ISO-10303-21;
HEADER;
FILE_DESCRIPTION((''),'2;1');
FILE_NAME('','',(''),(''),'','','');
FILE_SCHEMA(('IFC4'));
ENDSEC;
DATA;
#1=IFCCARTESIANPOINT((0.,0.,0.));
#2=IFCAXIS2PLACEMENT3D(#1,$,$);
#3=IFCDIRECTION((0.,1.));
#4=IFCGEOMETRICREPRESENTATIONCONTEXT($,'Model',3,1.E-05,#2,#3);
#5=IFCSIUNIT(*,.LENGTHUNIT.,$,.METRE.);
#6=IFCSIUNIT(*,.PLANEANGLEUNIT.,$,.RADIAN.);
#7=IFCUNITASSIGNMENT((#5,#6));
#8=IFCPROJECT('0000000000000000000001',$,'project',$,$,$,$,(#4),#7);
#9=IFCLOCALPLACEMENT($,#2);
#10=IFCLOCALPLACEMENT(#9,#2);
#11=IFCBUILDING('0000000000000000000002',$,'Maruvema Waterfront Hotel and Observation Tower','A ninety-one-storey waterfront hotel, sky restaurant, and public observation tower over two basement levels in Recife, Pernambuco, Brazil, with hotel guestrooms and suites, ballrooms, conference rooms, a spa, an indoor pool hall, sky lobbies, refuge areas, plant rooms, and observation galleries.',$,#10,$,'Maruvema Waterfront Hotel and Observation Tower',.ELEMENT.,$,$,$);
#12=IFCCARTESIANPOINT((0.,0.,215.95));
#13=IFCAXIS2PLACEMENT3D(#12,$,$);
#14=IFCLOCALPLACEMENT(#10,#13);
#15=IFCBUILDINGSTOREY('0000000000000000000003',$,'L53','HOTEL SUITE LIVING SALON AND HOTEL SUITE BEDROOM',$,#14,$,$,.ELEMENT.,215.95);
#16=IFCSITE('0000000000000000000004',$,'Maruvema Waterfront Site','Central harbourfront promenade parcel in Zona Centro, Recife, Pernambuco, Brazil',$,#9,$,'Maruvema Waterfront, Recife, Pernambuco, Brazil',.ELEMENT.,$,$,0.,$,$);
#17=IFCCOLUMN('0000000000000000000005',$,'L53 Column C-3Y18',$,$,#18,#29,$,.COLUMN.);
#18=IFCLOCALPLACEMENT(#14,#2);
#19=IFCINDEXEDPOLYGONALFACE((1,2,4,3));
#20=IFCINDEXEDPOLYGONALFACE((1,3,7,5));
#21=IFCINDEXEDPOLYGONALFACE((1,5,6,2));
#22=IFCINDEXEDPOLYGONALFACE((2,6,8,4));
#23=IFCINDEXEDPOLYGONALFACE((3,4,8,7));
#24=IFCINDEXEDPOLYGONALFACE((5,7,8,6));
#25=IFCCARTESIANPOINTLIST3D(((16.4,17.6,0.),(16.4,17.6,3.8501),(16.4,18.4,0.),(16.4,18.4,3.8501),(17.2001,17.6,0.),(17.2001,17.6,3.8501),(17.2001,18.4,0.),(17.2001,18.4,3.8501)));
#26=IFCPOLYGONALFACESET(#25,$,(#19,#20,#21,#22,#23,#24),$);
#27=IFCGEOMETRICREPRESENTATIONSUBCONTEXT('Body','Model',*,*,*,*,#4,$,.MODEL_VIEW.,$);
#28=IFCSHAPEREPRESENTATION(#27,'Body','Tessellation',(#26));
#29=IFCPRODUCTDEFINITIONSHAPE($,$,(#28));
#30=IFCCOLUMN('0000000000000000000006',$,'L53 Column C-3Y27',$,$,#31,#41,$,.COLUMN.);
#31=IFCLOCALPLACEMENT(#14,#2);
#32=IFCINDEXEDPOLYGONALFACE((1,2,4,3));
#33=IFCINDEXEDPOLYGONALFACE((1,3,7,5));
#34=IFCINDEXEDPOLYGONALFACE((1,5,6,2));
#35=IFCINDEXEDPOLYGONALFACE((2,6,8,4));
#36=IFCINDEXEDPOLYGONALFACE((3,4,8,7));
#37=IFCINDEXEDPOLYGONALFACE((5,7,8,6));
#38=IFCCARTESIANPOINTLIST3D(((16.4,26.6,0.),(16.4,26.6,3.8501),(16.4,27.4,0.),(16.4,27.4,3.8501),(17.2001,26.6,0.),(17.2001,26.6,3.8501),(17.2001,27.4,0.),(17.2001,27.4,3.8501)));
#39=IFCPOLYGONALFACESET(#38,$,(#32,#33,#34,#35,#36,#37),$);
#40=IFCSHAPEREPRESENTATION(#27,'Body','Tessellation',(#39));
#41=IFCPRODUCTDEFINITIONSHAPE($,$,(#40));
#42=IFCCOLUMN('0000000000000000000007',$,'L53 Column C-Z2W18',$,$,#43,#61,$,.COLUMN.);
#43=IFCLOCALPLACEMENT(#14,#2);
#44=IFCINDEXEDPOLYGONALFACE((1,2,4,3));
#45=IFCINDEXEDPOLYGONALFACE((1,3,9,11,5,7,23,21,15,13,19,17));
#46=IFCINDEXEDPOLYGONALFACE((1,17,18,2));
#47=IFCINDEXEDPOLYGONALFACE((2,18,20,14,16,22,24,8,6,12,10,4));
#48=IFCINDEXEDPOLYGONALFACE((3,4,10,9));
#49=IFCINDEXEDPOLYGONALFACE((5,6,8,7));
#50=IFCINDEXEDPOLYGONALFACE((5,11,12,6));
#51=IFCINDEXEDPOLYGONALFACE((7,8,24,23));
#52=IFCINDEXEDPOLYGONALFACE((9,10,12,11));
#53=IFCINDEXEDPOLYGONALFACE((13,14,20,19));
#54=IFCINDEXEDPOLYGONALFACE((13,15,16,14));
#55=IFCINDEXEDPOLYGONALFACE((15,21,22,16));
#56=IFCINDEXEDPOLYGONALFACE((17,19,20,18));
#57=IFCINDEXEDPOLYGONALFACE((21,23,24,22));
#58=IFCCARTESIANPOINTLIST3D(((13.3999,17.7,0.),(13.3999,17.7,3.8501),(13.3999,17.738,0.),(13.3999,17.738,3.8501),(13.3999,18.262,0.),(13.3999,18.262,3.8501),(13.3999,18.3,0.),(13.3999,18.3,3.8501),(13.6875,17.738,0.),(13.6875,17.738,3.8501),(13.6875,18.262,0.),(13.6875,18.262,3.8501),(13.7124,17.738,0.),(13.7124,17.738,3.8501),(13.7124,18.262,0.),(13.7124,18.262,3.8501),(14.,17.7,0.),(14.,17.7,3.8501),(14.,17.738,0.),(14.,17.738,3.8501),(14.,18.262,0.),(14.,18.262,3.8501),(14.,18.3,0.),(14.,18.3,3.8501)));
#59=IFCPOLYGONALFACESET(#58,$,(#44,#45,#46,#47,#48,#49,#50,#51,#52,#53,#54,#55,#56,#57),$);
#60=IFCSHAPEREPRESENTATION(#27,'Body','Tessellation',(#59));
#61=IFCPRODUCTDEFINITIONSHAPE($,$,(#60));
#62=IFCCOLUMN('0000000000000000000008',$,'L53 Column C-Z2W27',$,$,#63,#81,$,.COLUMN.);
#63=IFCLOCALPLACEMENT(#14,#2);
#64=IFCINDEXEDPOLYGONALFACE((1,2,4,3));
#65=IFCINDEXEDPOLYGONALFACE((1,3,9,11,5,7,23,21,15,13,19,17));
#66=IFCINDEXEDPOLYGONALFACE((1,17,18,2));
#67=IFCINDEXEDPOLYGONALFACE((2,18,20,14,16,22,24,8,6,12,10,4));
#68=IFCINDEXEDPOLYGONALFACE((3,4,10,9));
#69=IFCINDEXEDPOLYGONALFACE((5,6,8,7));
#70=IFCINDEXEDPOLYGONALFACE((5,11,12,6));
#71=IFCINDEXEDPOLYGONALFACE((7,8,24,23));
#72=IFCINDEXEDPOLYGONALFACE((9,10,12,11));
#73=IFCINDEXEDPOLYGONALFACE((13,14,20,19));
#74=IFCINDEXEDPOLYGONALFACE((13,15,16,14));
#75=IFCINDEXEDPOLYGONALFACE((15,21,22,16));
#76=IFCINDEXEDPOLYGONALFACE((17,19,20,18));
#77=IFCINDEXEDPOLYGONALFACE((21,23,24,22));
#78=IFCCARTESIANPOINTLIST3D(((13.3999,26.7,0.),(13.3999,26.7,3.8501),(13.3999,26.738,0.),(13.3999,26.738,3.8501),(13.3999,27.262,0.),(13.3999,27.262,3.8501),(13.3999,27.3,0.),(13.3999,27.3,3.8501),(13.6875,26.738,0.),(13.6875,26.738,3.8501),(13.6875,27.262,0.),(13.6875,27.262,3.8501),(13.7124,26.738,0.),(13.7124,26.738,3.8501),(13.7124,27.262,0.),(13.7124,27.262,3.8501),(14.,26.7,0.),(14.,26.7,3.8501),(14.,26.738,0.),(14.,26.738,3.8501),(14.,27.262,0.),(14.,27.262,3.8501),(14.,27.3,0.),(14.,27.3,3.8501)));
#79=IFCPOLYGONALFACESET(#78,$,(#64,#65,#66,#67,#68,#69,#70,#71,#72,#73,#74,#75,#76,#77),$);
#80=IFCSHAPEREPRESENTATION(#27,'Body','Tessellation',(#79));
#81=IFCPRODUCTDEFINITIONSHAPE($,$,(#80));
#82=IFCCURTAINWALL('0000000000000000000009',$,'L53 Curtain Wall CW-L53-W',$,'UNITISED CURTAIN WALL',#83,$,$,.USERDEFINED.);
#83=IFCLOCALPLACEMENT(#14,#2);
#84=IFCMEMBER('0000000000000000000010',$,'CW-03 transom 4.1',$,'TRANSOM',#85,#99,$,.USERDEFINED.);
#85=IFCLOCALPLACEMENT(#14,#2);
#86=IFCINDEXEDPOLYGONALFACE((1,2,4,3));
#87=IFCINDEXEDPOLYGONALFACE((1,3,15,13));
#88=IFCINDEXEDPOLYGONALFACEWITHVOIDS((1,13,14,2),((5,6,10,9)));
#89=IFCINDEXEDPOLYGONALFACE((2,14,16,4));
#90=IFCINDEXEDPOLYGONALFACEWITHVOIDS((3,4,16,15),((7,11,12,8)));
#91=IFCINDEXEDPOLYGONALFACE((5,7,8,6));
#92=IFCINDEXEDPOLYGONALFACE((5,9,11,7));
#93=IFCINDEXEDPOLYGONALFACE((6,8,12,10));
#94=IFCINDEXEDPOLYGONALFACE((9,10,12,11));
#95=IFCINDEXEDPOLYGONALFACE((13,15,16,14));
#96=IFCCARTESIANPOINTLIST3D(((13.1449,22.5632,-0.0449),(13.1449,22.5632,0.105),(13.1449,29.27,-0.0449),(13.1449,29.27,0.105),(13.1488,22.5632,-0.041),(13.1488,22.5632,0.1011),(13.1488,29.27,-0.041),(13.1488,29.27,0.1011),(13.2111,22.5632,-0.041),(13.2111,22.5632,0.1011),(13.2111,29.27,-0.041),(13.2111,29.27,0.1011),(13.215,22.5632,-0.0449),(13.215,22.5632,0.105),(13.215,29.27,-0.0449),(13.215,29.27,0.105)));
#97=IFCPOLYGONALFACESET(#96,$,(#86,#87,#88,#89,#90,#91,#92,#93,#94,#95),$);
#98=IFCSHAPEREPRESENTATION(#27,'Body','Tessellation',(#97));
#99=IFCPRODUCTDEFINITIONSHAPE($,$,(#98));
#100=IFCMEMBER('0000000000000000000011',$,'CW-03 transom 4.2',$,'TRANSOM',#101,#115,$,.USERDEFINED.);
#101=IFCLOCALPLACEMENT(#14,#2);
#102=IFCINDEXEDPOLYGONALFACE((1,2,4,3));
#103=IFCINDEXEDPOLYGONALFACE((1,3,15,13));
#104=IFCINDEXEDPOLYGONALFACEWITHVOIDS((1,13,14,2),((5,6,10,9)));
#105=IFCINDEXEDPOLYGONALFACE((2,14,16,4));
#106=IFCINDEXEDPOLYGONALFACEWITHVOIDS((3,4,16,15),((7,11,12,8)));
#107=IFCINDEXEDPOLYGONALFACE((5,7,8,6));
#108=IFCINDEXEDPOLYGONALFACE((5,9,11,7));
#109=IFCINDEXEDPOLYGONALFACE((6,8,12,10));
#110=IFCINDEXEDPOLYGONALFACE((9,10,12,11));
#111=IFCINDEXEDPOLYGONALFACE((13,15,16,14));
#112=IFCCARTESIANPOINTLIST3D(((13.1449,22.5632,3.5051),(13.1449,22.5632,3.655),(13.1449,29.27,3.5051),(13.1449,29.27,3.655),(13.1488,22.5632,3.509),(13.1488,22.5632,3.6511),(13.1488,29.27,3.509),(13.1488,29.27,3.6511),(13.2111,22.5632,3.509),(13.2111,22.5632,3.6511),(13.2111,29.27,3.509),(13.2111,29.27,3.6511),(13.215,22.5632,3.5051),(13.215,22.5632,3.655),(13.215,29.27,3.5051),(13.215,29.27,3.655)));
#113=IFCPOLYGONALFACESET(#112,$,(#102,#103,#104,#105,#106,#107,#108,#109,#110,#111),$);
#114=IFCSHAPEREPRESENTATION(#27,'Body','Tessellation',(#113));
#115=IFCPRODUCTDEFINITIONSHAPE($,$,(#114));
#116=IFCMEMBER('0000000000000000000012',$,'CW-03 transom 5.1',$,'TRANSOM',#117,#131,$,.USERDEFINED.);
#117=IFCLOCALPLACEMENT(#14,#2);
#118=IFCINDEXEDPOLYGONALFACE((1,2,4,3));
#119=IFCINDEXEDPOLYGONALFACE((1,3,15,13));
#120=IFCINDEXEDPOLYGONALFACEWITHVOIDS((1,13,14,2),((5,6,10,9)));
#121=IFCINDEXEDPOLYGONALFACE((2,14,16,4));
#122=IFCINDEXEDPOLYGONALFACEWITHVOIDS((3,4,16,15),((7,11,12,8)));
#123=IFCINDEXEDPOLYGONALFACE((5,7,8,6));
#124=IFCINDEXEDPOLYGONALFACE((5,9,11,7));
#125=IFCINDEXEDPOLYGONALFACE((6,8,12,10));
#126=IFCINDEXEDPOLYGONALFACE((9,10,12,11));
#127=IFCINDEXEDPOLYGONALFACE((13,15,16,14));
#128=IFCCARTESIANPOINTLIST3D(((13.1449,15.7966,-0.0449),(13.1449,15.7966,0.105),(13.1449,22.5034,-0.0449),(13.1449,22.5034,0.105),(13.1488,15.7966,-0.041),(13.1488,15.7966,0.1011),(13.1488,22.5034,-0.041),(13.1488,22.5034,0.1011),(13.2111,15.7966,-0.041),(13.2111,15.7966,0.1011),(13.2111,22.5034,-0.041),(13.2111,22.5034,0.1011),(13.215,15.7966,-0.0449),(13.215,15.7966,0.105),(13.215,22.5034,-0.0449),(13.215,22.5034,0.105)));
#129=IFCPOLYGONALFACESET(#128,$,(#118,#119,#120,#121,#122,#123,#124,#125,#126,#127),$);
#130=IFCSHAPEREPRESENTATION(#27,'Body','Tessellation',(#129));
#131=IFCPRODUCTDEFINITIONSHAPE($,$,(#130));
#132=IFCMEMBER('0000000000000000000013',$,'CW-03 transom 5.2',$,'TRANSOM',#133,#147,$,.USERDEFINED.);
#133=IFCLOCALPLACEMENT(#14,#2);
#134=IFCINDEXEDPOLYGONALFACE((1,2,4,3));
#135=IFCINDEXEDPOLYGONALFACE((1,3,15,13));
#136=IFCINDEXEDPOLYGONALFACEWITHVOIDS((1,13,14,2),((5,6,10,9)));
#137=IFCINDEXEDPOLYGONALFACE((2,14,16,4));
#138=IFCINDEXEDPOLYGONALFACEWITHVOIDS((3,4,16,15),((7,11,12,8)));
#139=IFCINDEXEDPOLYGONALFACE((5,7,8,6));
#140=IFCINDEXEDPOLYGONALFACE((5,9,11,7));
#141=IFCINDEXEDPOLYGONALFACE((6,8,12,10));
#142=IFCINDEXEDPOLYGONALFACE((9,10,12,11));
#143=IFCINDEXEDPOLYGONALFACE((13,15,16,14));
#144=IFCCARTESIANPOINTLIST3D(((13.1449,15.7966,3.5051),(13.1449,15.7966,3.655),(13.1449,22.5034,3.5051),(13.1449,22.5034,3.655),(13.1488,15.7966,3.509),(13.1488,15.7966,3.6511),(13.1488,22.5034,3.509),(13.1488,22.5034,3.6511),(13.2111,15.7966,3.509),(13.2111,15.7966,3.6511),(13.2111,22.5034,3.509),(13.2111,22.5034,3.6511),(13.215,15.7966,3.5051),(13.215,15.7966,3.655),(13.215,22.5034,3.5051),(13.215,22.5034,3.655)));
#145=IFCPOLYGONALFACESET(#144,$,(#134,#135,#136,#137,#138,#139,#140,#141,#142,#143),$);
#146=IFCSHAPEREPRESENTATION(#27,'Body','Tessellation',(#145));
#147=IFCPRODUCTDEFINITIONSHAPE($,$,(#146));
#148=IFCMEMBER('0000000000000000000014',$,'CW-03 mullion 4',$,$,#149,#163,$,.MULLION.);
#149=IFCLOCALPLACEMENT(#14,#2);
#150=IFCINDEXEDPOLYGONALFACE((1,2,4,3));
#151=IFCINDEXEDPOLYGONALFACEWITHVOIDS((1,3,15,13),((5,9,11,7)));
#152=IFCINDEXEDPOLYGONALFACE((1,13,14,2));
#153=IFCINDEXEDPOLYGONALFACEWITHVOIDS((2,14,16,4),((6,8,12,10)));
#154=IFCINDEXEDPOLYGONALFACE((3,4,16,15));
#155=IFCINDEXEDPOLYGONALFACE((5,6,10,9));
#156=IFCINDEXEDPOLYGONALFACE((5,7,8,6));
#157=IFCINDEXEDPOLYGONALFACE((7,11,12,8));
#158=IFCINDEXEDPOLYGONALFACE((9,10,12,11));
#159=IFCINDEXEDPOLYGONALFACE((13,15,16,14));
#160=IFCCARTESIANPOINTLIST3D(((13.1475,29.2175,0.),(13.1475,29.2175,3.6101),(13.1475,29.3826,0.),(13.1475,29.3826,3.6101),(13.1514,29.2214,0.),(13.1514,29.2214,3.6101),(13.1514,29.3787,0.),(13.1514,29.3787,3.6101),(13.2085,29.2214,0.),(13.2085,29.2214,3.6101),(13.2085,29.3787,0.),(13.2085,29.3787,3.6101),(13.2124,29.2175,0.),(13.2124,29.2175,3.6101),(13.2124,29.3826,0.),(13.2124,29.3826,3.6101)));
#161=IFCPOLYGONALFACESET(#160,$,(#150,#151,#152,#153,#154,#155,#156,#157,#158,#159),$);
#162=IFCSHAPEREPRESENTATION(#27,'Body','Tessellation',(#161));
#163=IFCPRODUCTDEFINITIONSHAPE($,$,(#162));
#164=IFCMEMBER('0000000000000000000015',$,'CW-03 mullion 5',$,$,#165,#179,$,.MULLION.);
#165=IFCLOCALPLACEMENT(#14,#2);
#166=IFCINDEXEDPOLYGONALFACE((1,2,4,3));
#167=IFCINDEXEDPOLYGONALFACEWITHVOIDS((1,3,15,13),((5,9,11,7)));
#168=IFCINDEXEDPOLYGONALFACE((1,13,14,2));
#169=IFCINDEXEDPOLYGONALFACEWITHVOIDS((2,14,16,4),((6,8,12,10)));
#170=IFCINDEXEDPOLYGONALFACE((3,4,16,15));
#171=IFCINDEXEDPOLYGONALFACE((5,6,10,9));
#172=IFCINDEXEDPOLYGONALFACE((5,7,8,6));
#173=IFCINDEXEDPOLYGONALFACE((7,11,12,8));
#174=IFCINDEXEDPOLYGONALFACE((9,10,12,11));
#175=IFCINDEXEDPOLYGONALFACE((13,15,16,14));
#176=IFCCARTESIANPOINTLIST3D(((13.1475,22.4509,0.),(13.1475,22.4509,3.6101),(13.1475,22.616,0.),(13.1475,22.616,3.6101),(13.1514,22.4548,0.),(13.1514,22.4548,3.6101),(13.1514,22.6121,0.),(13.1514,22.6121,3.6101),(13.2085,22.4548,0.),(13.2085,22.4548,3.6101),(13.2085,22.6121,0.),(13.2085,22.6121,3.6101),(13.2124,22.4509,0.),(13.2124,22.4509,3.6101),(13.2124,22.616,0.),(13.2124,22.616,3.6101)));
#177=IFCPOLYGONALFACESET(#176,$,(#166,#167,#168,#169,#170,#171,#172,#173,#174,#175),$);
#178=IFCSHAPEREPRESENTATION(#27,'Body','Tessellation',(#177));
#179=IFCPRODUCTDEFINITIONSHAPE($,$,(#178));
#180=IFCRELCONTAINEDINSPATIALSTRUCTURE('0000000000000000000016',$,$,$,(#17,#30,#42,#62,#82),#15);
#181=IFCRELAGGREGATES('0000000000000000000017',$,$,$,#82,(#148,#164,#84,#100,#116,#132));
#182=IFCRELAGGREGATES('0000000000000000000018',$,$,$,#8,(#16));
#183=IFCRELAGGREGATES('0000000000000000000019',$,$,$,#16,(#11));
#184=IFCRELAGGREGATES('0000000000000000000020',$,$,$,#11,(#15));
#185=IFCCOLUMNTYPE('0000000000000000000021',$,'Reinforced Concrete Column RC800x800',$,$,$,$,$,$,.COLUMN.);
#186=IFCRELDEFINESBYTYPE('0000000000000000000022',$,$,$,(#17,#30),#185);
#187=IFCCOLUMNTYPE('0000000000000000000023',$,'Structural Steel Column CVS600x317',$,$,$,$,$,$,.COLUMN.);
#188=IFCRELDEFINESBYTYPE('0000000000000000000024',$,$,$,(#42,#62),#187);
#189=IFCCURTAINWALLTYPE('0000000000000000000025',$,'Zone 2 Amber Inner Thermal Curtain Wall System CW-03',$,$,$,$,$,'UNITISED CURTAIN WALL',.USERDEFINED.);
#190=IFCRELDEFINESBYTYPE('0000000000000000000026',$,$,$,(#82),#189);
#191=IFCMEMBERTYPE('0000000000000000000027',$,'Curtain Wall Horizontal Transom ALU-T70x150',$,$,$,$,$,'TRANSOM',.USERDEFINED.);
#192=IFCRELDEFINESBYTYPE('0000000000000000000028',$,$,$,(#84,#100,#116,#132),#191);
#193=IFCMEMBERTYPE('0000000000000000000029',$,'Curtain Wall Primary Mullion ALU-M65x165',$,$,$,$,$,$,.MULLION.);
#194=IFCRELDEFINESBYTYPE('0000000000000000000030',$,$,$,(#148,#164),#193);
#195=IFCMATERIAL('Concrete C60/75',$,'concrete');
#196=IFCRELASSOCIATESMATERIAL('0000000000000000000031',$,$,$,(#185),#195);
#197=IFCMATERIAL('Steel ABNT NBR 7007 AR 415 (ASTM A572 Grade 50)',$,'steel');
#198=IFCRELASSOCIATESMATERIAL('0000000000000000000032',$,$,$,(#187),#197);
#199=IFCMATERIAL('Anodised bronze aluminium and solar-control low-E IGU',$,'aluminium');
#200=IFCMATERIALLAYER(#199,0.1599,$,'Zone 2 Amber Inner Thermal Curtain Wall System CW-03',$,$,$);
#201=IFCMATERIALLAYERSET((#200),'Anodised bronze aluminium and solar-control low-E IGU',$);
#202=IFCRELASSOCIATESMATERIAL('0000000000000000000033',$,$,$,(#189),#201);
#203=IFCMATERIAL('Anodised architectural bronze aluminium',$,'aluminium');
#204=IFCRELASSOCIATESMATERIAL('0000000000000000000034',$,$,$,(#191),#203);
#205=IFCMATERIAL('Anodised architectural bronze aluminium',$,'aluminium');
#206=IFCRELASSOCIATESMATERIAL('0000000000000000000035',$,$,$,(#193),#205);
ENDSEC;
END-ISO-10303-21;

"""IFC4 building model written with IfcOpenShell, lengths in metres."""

from ifc_helpers import new_model, si_unit, direction, frame, origin, origin_2d, place, context, subcontext, project, spatial, rectangle, hollow_rectangle, i_section, extrude, material, layer, layer_set, material_profile, profile_set, type_object, element, aggregate, save


model = new_model("IFC4")

# Units and contexts
model_context = context("Model", 3, precision=1e-05, world=origin(), true_north=direction((0.0, 1.0)))
body_context = subcontext(model_context, "Body", "Model", "MODEL_VIEW")
ifc_project = project(units=[si_unit("LENGTHUNIT", "METRE"), si_unit("PLANEANGLEUNIT", "RADIAN")], contexts=[model_context])

# Site, building, storey
site_placement = place(None, origin())
site = spatial("IfcSite", under=ifc_project, at=site_placement, Name="Maruvema Waterfront Site", Description="Central harbourfront promenade parcel in Zona Centro, Recife, Pernambuco, Brazil", LongName="Maruvema Waterfront, Recife, Pernambuco, Brazil", CompositionType="ELEMENT", RefElevation=0.0)
building_placement = place(site_placement, origin())
building = spatial("IfcBuilding", under=site, at=building_placement, Name="Maruvema Waterfront Hotel and Observation Tower", Description="A ninety-one-storey waterfront hotel, sky restaurant, and public observation tower over two basement levels in Recife, Pernambuco, Brazil, with hotel guestrooms and suites, ballrooms, conference rooms, a spa, an indoor pool hall, sky lobbies, refuge areas, plant rooms, and observation galleries.", LongName="Maruvema Waterfront Hotel and Observation Tower", CompositionType="ELEMENT")
storey_placement = place(building_placement, frame((0.0, 0.0, 215.95)))
storey = spatial("IfcBuildingStorey", under=building, at=storey_placement, Name="L53", Description="HOTEL SUITE LIVING SALON AND HOTEL SUITE BEDROOM", CompositionType="ELEMENT", Elevation=215.95)

# Columns
ifc_material_1 = material(Name="Concrete C60/75", Category="concrete")
ifc_material_profile_1 = material_profile(ifc_material_1, rectangle(XDim=0.8, YDim=0.8, at=origin_2d()), Name="RC800x800")
ifc_profile_set_1 = profile_set([ifc_material_profile_1], Name="Concrete C60/75")
column_type_1 = type_object("IfcColumnType", Name="Reinforced Concrete Column RC800x800", PredefinedType="COLUMN", material=ifc_profile_set_1)
for number, where, z_axis, x_axis, name in (
    (1, (16.8, 18.0, 0.0), (0.0, 0.0, 1.0), (1.0, 0.0, 0.0), "L53 Column C-3Y18"),
    (2, (16.8, 27.0, 0.0), (0.0, 0.0, 1.0), (1.0, 0.0, 0.0), "L53 Column C-3Y27"),
):
    element("IfcColumn", number, at=place(storey_placement, frame(where, z_axis=z_axis, x_axis=x_axis)), inside=storey, type_object=column_type_1, Name=name, PredefinedType="COLUMN", context=body_context, shape_type="SweptSolid", body=[
        extrude(rectangle(XDim=0.8, YDim=0.8, at=origin_2d()), origin(), (0.0, 0.0, 1.0), 3.8501),
    ])
ifc_material_2 = material(Name="Steel ABNT NBR 7007 AR 415 (ASTM A572 Grade 50)", Category="steel")
ifc_material_profile_2 = material_profile(ifc_material_2, i_section(OverallWidth=0.6001, OverallDepth=0.6001, WebThickness=0.0249, FlangeThickness=0.0381, at=origin_2d()), Name="CVS600x317")
ifc_profile_set_2 = profile_set([ifc_material_profile_2], Name="Steel ABNT NBR 7007 AR 415 (ASTM A572 Grade 50)")
column_type_2 = type_object("IfcColumnType", Name="Structural Steel Column CVS600x317", PredefinedType="COLUMN", material=ifc_profile_set_2)
for number, where, z_axis, x_axis, name in (
    (3, (13.7, 18.0, 0.0), (0.0, 0.0, 1.0), (1.0, 0.0, 0.0), "L53 Column C-Z2W18"),
    (4, (13.7, 27.0, 0.0), (0.0, 0.0, 1.0), (1.0, 0.0, 0.0), "L53 Column C-Z2W27"),
):
    element("IfcColumn", number, at=place(storey_placement, frame(where, z_axis=z_axis, x_axis=x_axis)), inside=storey, type_object=column_type_2, Name=name, PredefinedType="COLUMN", context=body_context, shape_type="SweptSolid", body=[
        extrude(i_section(OverallWidth=0.6001, OverallDepth=0.6001, WebThickness=0.0249, FlangeThickness=0.0381, at=origin_2d()), origin(), (0.0, 0.0, 1.0), 3.8501),
    ])

# Curtain wall, members
ifc_material_3 = material(Name="Anodised bronze aluminium and solar-control low-E IGU", Category="aluminium")
ifc_layer_1 = layer(ifc_material_3, 0.1599, Name="Zone 2 Amber Inner Thermal Curtain Wall System CW-03")
ifc_layer_set_1 = layer_set([ifc_layer_1], Name="Anodised bronze aluminium and solar-control low-E IGU")
curtain_wall_type = type_object("IfcCurtainWallType", Name="Zone 2 Amber Inner Thermal Curtain Wall System CW-03", ElementType="UNITISED CURTAIN WALL", PredefinedType="USERDEFINED", material=ifc_layer_set_1)
curtain_wall_placement = place(storey_placement, origin())
curtain_wall = element("IfcCurtainWall", 5, at=curtain_wall_placement, inside=storey, type_object=curtain_wall_type, Name="L53 Curtain Wall CW-L53-W", ObjectType="UNITISED CURTAIN WALL", PredefinedType="USERDEFINED")
ifc_material_4 = material(Name="Anodised architectural bronze aluminium", Category="aluminium")
ifc_material_profile_3 = material_profile(ifc_material_4, hollow_rectangle(XDim=0.0701, YDim=0.1499, WallThickness=0.0039, at=origin_2d()), Name="ALU-T70x150")
ifc_profile_set_3 = profile_set([ifc_material_profile_3], Name="Anodised architectural bronze aluminium")
member_type_1 = type_object("IfcMemberType", Name="Curtain Wall Horizontal Transom ALU-T70x150", ElementType="TRANSOM", PredefinedType="USERDEFINED", material=ifc_profile_set_3)
member_1_placement = place(storey_placement, frame((13.1799, 29.27, 0.03), z_axis=(0.0, -1.0, 0.0), x_axis=(1.0, 0.0, 0.0)))
member_1 = element("IfcMember", 6, at=member_1_placement, type_object=member_type_1, Name="CW-03 transom 4.1", ObjectType="TRANSOM", PredefinedType="USERDEFINED", context=body_context, shape_type="SweptSolid", body=[
    extrude(hollow_rectangle(XDim=0.0701, YDim=0.1499, WallThickness=0.0039, at=origin_2d()), origin(), (0.0, 0.0, 1.0), 6.7068),
])
member_2_placement = place(storey_placement, frame((13.1799, 29.27, 3.5801), z_axis=(0.0, -1.0, 0.0), x_axis=(1.0, 0.0, 0.0)))
member_2 = element("IfcMember", 7, at=member_2_placement, type_object=member_type_1, Name="CW-03 transom 4.2", ObjectType="TRANSOM", PredefinedType="USERDEFINED", context=body_context, shape_type="SweptSolid", body=[
    extrude(hollow_rectangle(XDim=0.0701, YDim=0.1499, WallThickness=0.0039, at=origin_2d()), origin(), (0.0, 0.0, 1.0), 6.7068),
])
member_3_placement = place(storey_placement, frame((13.1799, 22.5034, 0.03), z_axis=(0.0, -1.0, 0.0), x_axis=(1.0, 0.0, 0.0)))
member_3 = element("IfcMember", 8, at=member_3_placement, type_object=member_type_1, Name="CW-03 transom 5.1", ObjectType="TRANSOM", PredefinedType="USERDEFINED", context=body_context, shape_type="SweptSolid", body=[
    extrude(hollow_rectangle(XDim=0.0701, YDim=0.1499, WallThickness=0.0039, at=origin_2d()), origin(), (0.0, 0.0, 1.0), 6.7068),
])
member_4_placement = place(storey_placement, frame((13.1799, 22.5034, 3.5801), z_axis=(0.0, -1.0, 0.0), x_axis=(1.0, 0.0, 0.0)))
member_4 = element("IfcMember", 9, at=member_4_placement, type_object=member_type_1, Name="CW-03 transom 5.2", ObjectType="TRANSOM", PredefinedType="USERDEFINED", context=body_context, shape_type="SweptSolid", body=[
    extrude(hollow_rectangle(XDim=0.0701, YDim=0.1499, WallThickness=0.0039, at=origin_2d()), origin(), (0.0, 0.0, 1.0), 6.7068),
])
ifc_material_5 = material(Name="Anodised architectural bronze aluminium", Category="aluminium")
ifc_material_profile_4 = material_profile(ifc_material_5, hollow_rectangle(XDim=0.0649, YDim=0.165, WallThickness=0.0039, at=origin_2d()), Name="ALU-M65x165")
ifc_profile_set_4 = profile_set([ifc_material_profile_4], Name="Anodised architectural bronze aluminium")
member_type_2 = type_object("IfcMemberType", Name="Curtain Wall Primary Mullion ALU-M65x165", PredefinedType="MULLION", material=ifc_profile_set_4)
member_5_placement = place(storey_placement, frame((13.1799, 29.3, 0.0), z_axis=(0.0, 0.0, 1.0), x_axis=(1.0, 0.0, 0.0)))
member_5 = element("IfcMember", 10, at=member_5_placement, type_object=member_type_2, Name="CW-03 mullion 4", PredefinedType="MULLION", context=body_context, shape_type="SweptSolid", body=[
    extrude(hollow_rectangle(XDim=0.0649, YDim=0.165, WallThickness=0.0039, at=origin_2d()), origin(), (0.0, 0.0, 1.0), 3.6101),
])
member_6_placement = place(storey_placement, frame((13.1799, 22.5334, 0.0), z_axis=(0.0, 0.0, 1.0), x_axis=(1.0, 0.0, 0.0)))
member_6 = element("IfcMember", 11, at=member_6_placement, type_object=member_type_2, Name="CW-03 mullion 5", PredefinedType="MULLION", context=body_context, shape_type="SweptSolid", body=[
    extrude(hollow_rectangle(XDim=0.0649, YDim=0.165, WallThickness=0.0039, at=origin_2d()), origin(), (0.0, 0.0, 1.0), 3.6101),
])

aggregate(curtain_wall, [member_5, member_6, member_1, member_2, member_3, member_4])

save(model, "model.ifc")
